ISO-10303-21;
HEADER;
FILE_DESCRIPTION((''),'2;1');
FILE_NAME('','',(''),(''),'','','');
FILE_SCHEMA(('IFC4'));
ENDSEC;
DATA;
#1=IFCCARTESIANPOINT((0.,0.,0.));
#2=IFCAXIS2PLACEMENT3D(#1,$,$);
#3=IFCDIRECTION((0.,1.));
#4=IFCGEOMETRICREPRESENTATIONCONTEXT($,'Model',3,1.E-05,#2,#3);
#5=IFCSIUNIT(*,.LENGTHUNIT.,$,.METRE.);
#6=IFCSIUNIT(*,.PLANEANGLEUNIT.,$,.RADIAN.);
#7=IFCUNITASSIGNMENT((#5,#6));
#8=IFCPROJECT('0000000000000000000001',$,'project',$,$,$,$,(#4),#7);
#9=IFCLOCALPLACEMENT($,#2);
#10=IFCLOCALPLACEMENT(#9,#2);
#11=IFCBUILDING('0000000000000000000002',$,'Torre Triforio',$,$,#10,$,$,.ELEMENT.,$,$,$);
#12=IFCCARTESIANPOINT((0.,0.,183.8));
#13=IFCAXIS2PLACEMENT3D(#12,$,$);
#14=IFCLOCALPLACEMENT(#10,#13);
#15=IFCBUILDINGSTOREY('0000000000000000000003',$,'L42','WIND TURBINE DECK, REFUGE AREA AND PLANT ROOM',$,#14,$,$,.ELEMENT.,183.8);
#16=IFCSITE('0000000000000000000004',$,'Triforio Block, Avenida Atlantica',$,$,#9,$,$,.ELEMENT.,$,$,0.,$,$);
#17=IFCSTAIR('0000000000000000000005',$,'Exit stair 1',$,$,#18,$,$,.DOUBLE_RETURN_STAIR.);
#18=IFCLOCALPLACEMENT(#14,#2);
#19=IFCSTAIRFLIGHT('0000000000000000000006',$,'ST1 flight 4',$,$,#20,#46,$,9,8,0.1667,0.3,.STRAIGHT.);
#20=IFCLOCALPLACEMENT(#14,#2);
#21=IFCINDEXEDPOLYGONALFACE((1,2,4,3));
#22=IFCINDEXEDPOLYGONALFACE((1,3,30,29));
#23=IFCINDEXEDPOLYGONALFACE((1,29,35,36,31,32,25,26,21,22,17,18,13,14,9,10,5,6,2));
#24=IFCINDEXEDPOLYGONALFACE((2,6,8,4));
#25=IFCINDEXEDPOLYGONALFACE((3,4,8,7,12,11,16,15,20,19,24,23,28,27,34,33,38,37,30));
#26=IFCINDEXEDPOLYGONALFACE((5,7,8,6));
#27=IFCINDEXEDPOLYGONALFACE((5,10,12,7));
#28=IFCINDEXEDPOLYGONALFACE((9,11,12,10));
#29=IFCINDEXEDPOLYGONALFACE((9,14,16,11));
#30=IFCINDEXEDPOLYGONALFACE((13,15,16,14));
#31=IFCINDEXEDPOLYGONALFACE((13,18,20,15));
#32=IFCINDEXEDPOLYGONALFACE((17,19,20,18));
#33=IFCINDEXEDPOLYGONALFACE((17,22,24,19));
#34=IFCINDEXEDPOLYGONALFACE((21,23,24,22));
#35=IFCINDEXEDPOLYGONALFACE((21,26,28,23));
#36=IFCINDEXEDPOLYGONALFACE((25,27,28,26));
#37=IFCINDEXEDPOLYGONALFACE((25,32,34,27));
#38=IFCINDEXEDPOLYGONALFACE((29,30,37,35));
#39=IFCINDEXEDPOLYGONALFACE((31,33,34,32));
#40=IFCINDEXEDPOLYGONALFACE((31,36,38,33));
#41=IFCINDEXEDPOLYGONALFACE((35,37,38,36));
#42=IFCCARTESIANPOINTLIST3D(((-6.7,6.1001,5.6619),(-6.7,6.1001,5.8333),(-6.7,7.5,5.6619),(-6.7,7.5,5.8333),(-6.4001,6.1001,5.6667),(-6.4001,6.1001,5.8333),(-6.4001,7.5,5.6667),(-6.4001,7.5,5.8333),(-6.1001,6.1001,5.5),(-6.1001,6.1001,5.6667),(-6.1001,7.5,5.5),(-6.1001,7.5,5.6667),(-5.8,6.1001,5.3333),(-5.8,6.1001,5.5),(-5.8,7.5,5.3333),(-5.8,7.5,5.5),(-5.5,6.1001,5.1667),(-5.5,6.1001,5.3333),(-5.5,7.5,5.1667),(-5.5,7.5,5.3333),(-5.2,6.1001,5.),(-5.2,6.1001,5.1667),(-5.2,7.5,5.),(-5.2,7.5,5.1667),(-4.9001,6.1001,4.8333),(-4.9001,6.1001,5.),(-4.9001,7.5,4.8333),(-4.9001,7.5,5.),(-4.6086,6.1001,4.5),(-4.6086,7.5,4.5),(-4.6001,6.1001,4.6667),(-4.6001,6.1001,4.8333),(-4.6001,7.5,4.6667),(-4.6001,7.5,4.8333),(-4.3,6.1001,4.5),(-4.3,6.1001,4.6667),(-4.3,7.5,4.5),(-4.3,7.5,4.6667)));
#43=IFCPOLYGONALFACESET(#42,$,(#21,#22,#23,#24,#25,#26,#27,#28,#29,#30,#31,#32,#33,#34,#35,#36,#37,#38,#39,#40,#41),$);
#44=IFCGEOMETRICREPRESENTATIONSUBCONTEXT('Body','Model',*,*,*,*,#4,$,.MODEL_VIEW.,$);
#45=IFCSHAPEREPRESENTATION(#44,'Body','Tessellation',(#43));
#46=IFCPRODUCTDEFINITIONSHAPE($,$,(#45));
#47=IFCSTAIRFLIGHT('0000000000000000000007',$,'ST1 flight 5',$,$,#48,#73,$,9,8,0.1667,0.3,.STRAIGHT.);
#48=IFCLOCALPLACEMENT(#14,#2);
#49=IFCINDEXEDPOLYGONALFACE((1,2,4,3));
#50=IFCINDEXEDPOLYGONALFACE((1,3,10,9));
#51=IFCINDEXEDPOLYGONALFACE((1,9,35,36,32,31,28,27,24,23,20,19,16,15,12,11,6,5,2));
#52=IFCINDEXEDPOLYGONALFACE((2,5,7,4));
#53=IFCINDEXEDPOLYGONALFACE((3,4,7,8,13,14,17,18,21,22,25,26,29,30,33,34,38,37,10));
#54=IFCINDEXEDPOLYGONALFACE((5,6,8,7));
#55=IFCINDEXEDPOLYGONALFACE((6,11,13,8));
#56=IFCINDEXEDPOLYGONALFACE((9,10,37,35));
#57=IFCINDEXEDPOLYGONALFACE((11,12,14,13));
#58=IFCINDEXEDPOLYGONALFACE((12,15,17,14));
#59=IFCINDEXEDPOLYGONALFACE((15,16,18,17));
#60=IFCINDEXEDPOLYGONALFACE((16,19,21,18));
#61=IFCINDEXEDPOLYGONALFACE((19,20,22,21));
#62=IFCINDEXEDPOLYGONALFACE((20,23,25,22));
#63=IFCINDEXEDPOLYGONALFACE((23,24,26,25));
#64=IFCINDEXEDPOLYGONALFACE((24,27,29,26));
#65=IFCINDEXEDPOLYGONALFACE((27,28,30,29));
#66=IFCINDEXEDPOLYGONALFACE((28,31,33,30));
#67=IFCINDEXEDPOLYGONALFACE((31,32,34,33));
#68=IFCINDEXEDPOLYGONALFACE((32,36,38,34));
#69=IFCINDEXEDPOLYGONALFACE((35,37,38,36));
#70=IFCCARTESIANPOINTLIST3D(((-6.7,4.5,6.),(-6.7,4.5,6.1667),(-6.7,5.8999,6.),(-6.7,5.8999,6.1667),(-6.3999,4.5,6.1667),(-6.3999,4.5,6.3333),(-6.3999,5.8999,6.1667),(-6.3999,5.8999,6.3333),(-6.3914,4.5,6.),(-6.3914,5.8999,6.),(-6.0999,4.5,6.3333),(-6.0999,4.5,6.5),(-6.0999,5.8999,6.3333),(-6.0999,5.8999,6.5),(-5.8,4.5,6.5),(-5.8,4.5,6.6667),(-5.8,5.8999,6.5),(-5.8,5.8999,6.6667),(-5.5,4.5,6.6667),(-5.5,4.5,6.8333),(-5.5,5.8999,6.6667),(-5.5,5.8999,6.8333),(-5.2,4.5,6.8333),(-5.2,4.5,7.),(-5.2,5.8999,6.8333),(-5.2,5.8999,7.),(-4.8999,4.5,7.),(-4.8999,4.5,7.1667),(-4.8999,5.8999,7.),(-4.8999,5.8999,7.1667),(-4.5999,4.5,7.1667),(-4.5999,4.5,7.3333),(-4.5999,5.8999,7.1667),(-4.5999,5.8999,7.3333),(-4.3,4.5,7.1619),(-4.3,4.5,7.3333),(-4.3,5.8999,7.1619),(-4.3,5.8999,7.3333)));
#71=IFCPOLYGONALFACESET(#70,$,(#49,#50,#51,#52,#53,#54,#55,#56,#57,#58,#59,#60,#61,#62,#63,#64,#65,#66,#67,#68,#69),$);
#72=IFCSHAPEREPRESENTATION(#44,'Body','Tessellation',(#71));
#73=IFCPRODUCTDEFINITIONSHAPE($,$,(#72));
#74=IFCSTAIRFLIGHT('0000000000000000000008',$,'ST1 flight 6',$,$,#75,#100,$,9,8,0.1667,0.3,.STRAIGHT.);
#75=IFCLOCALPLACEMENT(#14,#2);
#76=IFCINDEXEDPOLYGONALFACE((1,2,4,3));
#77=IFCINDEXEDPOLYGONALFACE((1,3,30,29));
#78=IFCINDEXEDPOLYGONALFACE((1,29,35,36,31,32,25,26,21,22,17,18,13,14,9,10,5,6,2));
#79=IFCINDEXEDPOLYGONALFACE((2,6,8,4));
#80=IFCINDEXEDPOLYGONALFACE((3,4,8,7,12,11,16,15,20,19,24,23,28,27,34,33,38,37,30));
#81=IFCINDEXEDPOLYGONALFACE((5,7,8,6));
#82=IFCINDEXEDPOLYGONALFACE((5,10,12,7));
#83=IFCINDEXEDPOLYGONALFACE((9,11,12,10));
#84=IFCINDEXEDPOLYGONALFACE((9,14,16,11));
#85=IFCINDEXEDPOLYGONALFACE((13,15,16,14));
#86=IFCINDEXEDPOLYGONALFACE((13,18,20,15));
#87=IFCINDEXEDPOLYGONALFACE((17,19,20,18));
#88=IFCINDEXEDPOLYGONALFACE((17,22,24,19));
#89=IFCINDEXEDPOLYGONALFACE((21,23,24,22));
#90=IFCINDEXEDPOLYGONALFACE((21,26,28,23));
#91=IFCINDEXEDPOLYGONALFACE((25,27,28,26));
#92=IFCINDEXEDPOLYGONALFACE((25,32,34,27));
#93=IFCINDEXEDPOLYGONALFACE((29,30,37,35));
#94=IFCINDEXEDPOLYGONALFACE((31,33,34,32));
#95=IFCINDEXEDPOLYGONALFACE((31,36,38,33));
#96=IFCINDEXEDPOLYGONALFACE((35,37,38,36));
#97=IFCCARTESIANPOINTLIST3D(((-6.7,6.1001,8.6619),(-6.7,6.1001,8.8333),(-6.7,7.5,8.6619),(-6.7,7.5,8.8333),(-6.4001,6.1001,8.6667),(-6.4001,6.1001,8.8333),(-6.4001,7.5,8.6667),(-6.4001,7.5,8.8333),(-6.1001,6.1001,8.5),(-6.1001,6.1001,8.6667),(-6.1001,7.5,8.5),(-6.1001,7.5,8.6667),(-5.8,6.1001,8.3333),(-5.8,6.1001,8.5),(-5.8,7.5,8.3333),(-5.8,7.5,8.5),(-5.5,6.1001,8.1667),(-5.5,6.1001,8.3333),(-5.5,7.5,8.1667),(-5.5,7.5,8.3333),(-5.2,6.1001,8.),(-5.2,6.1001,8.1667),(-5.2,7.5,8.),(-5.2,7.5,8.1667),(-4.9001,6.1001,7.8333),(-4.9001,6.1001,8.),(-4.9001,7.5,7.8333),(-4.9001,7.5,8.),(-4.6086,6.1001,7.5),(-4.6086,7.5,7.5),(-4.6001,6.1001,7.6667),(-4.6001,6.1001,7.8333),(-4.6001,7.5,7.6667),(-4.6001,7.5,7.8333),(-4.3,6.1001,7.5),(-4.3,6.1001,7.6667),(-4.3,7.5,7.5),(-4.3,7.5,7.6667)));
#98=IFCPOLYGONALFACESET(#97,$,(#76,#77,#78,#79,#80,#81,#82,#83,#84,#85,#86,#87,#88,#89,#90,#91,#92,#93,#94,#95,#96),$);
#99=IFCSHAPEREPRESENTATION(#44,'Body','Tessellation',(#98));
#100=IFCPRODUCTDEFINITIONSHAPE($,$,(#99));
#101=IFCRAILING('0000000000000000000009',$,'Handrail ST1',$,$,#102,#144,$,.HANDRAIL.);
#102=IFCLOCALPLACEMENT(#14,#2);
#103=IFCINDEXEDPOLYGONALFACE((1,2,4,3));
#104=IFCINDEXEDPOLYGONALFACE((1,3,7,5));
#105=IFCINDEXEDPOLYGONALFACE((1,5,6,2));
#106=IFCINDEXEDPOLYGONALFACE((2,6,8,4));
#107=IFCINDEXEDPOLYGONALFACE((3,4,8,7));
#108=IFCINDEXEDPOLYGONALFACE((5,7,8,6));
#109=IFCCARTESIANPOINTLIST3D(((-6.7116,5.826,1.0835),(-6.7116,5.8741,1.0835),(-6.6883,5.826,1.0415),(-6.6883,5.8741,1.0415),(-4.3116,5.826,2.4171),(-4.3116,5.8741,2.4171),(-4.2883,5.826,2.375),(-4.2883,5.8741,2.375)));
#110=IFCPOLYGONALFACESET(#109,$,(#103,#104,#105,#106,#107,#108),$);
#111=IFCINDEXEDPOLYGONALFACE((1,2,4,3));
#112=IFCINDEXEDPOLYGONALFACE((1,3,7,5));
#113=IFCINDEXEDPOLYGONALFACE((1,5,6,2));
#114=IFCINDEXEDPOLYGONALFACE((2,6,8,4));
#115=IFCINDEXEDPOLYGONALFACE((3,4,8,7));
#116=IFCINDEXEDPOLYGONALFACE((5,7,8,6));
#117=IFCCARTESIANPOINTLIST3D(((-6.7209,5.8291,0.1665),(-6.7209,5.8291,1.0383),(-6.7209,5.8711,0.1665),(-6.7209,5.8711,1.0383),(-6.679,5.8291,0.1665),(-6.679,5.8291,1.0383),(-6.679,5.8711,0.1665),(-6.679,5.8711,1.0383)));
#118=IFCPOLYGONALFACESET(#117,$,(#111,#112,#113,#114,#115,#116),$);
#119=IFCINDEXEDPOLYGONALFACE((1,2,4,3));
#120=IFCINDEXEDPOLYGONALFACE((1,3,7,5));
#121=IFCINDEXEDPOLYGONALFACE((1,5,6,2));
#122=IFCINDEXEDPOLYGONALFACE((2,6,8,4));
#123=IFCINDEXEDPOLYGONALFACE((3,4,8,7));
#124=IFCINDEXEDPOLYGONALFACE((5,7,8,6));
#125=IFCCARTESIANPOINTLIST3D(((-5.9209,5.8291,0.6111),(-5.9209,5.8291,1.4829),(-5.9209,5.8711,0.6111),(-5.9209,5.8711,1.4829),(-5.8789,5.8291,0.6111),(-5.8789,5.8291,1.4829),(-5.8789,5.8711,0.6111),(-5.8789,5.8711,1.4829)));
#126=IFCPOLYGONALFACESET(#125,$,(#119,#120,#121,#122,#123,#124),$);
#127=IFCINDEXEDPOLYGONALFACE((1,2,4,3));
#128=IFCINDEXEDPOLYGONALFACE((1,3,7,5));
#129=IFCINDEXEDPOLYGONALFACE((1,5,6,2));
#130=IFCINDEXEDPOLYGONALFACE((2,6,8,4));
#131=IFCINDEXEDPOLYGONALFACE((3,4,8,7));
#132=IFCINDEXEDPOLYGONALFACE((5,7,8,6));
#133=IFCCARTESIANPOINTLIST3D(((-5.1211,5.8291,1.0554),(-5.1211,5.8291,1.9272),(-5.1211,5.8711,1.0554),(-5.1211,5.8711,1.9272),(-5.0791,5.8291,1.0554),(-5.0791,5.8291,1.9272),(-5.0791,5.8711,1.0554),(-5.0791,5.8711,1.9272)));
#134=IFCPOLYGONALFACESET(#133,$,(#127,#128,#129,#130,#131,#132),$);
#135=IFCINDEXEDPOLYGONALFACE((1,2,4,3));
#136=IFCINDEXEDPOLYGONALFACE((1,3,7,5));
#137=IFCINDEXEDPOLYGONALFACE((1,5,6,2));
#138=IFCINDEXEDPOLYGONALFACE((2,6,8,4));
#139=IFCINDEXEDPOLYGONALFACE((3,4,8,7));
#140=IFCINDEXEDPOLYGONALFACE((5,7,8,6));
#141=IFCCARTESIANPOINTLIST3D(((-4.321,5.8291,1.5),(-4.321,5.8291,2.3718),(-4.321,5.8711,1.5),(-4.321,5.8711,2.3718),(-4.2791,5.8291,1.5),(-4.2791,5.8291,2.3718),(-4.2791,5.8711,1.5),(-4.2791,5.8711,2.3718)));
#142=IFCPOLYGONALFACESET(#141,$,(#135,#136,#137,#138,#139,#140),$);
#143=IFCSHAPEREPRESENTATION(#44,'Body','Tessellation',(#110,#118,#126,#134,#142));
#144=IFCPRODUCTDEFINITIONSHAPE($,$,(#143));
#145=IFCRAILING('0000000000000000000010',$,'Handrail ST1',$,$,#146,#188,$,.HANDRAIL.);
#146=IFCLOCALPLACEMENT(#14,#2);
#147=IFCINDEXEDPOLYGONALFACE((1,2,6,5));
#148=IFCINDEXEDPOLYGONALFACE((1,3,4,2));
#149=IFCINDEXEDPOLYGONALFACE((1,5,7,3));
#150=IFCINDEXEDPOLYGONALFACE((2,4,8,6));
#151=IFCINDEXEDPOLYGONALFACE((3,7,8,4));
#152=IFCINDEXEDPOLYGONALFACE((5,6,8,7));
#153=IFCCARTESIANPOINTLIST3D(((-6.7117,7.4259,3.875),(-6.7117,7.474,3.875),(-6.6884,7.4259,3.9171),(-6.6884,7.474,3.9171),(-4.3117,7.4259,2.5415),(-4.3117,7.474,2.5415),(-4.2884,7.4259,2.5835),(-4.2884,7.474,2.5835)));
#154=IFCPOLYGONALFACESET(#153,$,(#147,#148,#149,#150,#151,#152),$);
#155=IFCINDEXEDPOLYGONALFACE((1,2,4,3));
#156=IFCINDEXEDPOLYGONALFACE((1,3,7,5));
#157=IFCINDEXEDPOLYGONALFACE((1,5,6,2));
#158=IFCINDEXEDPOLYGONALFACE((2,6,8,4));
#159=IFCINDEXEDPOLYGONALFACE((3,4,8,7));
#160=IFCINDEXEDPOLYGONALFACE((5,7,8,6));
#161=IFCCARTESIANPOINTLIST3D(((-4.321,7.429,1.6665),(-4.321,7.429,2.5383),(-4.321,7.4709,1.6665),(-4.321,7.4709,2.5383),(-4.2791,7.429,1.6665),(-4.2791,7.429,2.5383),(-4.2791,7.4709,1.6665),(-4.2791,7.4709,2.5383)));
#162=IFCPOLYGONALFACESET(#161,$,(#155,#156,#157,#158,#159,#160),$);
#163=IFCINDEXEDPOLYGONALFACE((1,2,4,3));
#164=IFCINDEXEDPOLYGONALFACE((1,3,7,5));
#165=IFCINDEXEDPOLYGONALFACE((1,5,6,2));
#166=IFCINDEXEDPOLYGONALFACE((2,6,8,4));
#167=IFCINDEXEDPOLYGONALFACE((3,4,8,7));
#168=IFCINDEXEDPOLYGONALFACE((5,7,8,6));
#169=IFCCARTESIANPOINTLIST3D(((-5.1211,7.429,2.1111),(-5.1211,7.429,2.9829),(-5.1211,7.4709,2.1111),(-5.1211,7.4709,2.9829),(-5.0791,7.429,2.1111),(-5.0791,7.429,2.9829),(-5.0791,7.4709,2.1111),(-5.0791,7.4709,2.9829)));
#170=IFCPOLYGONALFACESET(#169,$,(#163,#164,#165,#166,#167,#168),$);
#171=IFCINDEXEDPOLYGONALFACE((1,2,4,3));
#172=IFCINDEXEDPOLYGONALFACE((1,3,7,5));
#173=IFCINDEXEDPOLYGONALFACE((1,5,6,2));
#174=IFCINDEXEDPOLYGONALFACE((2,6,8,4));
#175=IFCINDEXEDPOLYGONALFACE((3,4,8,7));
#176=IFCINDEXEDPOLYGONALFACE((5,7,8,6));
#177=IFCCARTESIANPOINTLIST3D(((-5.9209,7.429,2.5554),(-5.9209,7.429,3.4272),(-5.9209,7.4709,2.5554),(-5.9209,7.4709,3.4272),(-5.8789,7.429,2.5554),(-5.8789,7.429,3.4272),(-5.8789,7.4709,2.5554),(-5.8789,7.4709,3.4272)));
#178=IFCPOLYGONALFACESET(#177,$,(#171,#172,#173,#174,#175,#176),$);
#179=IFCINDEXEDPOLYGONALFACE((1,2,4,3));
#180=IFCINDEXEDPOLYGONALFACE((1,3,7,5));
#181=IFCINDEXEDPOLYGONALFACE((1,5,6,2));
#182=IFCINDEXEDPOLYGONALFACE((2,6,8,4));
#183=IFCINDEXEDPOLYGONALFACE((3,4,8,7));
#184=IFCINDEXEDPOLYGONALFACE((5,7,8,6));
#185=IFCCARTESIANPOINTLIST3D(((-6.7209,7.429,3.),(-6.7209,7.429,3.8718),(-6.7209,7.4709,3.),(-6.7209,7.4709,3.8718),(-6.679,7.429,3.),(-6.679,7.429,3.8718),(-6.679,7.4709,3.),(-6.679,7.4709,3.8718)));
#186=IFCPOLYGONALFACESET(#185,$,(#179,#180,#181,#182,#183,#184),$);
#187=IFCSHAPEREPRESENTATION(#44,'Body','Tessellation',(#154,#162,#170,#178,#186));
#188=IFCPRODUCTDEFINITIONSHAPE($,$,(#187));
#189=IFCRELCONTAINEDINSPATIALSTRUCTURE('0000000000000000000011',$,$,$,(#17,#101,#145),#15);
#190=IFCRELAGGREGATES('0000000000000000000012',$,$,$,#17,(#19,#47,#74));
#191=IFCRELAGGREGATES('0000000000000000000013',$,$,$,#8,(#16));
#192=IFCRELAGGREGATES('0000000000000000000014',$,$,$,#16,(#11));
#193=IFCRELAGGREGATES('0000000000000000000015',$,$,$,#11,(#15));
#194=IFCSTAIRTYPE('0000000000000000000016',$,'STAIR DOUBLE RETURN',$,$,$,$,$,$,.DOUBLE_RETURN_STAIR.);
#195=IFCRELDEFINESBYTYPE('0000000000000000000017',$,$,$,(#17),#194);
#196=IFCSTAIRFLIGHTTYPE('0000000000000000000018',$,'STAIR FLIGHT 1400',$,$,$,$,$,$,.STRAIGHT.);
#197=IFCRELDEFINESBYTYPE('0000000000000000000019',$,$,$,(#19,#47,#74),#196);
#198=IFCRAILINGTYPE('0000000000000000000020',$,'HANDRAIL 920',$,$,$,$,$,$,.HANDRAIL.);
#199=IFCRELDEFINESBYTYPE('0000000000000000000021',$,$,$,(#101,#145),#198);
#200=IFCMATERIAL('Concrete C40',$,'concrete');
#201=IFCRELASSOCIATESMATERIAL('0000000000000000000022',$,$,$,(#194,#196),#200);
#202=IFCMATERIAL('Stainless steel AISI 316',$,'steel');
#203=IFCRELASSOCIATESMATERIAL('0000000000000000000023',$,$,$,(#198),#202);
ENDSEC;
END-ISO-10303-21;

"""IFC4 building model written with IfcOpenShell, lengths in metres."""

from ifc_helpers import new_model, si_unit, direction, frame, origin, origin_2d, place, context, subcontext, project, spatial, polyline, rectangle, outline, extrude, material, type_object, element, aggregate, save


model = new_model("IFC4")

# Units and contexts
model_context = context("Model", 3, precision=1e-05, world=origin(), true_north=direction((0.0, 1.0)))
body_context = subcontext(model_context, "Body", "Model", "MODEL_VIEW")
ifc_project = project(units=[si_unit("LENGTHUNIT", "METRE"), si_unit("PLANEANGLEUNIT", "RADIAN")], contexts=[model_context])

# Site, building, storey
site_placement = place(None, origin())
site = spatial("IfcSite", under=ifc_project, at=site_placement, Name="Triforio Block, Avenida Atlantica", CompositionType="ELEMENT", RefElevation=0.0)
building_placement = place(site_placement, origin())
building = spatial("IfcBuilding", under=site, at=building_placement, Name="Torre Triforio", CompositionType="ELEMENT")
storey_placement = place(building_placement, frame((0.0, 0.0, 183.8)))
storey = spatial("IfcBuildingStorey", under=building, at=storey_placement, Name="L42", Description="WIND TURBINE DECK, REFUGE AREA AND PLANT ROOM", CompositionType="ELEMENT", Elevation=183.8)

# Shared definitions
ifc_material_1 = material(Name="Concrete C40", Category="concrete")

# Stair, stair flights
stair_type = type_object("IfcStairType", Name="STAIR DOUBLE RETURN", PredefinedType="DOUBLE_RETURN_STAIR", material=ifc_material_1)
stair_placement = place(storey_placement, origin())
stair = element("IfcStair", 1, at=stair_placement, inside=storey, type_object=stair_type, Name="Exit stair 1", PredefinedType="DOUBLE_RETURN_STAIR")
stair_flight_type = type_object("IfcStairFlightType", Name="STAIR FLIGHT 1400", PredefinedType="STRAIGHT", material=ifc_material_1)
stair_flight_1_placement = place(storey_placement, frame((-4.3, 6.8, 4.5), z_axis=(0.0, 0.0, 1.0), x_axis=(-1.0, 0.0, 0.0)))
stair_flight_1 = element("IfcStairFlight", 2, at=stair_flight_1_placement, type_object=stair_flight_type, Name="ST1 flight 4", NumberOfRisers=9, NumberOfTreads=8, PredefinedType="STRAIGHT", RiserHeight=0.1667, TreadLength=0.3, context=body_context, shape_type="SweptSolid", body=[
    extrude(outline(polyline([(0.0, 0.0), (0.0, 0.1667), (0.3, 0.1667), (0.3, 0.3333), (0.6001, 0.3333), (0.6001, 0.5), (0.8999, 0.5), (0.8999, 0.6667), (1.2, 0.6667), (1.2, 0.8333), (1.5, 0.8333), (1.5, 1.0), (1.8, 1.0), (1.8, 1.1667), (2.1001, 1.1667), (2.1001, 1.3333), (2.3999, 1.3333), (2.3999, 1.5), (2.3999, 1.1619), (0.3086, 0.0), (0.0, 0.0)])), frame((0.0, 0.7, 0.0), z_axis=(0.0, -1.0, 0.0), x_axis=(1.0, 0.0, 0.0)), (0.0, 0.0, 1.0), 1.3999),
])
stair_flight_2_placement = place(storey_placement, frame((-6.7, 5.2, 6.0), z_axis=(0.0, 0.0, 1.0), x_axis=(1.0, 0.0, 0.0)))
stair_flight_2 = element("IfcStairFlight", 3, at=stair_flight_2_placement, type_object=stair_flight_type, Name="ST1 flight 5", NumberOfRisers=9, NumberOfTreads=8, PredefinedType="STRAIGHT", RiserHeight=0.1667, TreadLength=0.3, context=body_context, shape_type="SweptSolid", body=[
    extrude(outline(polyline([(0.0, 0.0), (0.0, 0.1667), (0.3, 0.1667), (0.3, 0.3333), (0.6001, 0.3333), (0.6001, 0.5), (0.8999, 0.5), (0.8999, 0.6667), (1.2, 0.6667), (1.2, 0.8333), (1.5, 0.8333), (1.5, 1.0), (1.8, 1.0), (1.8, 1.1667), (2.1001, 1.1667), (2.1001, 1.3333), (2.3999, 1.3333), (2.3999, 1.5), (2.3999, 1.1619), (0.3086, 0.0), (0.0, 0.0)])), frame((0.0, 0.7, 0.0), z_axis=(0.0, -1.0, 0.0), x_axis=(1.0, 0.0, 0.0)), (0.0, 0.0, 1.0), 1.3999),
])
stair_flight_3_placement = place(storey_placement, frame((-4.3, 6.8, 7.5), z_axis=(0.0, 0.0, 1.0), x_axis=(-1.0, 0.0, 0.0)))
stair_flight_3 = element("IfcStairFlight", 4, at=stair_flight_3_placement, type_object=stair_flight_type, Name="ST1 flight 6", NumberOfRisers=9, NumberOfTreads=8, PredefinedType="STRAIGHT", RiserHeight=0.1667, TreadLength=0.3, context=body_context, shape_type="SweptSolid", body=[
    extrude(outline(polyline([(0.0, 0.0), (0.0, 0.1667), (0.3, 0.1667), (0.3, 0.3333), (0.6001, 0.3333), (0.6001, 0.5), (0.8999, 0.5), (0.8999, 0.6667), (1.2, 0.6667), (1.2, 0.8333), (1.5, 0.8333), (1.5, 1.0), (1.8, 1.0), (1.8, 1.1667), (2.1001, 1.1667), (2.1001, 1.3333), (2.3999, 1.3333), (2.3999, 1.5), (2.3999, 1.1619), (0.3086, 0.0), (0.0, 0.0)])), frame((0.0, 0.7, 0.0), z_axis=(0.0, -1.0, 0.0), x_axis=(1.0, 0.0, 0.0)), (0.0, 0.0, 1.0), 1.3999),
])
aggregate(stair, [stair_flight_1, stair_flight_2, stair_flight_3])

# Railings
ifc_material_2 = material(Name="Stainless steel AISI 316", Category="steel")
railing_type = type_object("IfcRailingType", Name="HANDRAIL 920", PredefinedType="HANDRAIL", material=ifc_material_2)
railing_placement = place(storey_placement, frame((-6.7, 5.8501, 0.1665)))
element("IfcRailing", 5, at=railing_placement, inside=storey, type_object=railing_type, Name="Handrail ST1", PredefinedType="HANDRAIL", context=body_context, shape_type="SweptSolid", body=[
    extrude(rectangle(XDim=0.0481, YDim=0.0481, at=origin_2d()), frame((0.0, 0.0, 0.896), z_axis=(0.874124, 0.0, 0.485703), x_axis=(0.0, 1.0, 0.0)), (0.0, 0.0, 1.0), 2.7456),
    extrude(rectangle(XDim=0.042, YDim=0.042, at=origin_2d()), origin(), (0.0, 0.0, 1.0), 0.8718),
    extrude(rectangle(XDim=0.042, YDim=0.042, at=origin_2d()), frame((0.8, 0.0, 0.4446)), (0.0, 0.0, 1.0), 0.8718),
    extrude(rectangle(XDim=0.042, YDim=0.042, at=origin_2d()), frame((1.5999, 0.0, 0.8889)), (0.0, 0.0, 1.0), 0.8718),
    extrude(rectangle(XDim=0.042, YDim=0.042, at=origin_2d()), frame((2.3999, 0.0, 1.3335)), (0.0, 0.0, 1.0), 0.8718),
])
for number, where, name in (
    (6, (-4.3, 7.45, 1.6665), "Handrail ST1"),
):
    element("IfcRailing", number, at=place(storey_placement, frame(where)), inside=storey, type_object=railing_type, Name=name, PredefinedType="HANDRAIL", context=body_context, shape_type="SweptSolid", body=[
        extrude(rectangle(XDim=0.0481, YDim=0.0481, at=origin_2d()), frame((0.0, 0.0, 0.896), z_axis=(-0.874124, 0.0, 0.485703), x_axis=(0.0, -1.0, 0.0)), (0.0, 0.0, 1.0), 2.7456),
        extrude(rectangle(XDim=0.042, YDim=0.042, at=origin_2d()), origin(), (0.0, 0.0, 1.0), 0.8718),
        extrude(rectangle(XDim=0.042, YDim=0.042, at=origin_2d()), frame((-0.8, 0.0, 0.4446)), (0.0, 0.0, 1.0), 0.8718),
        extrude(rectangle(XDim=0.042, YDim=0.042, at=origin_2d()), frame((-1.5999, 0.0, 0.8889)), (0.0, 0.0, 1.0), 0.8718),
        extrude(rectangle(XDim=0.042, YDim=0.042, at=origin_2d()), frame((-2.3999, 0.0, 1.3335)), (0.0, 0.0, 1.0), 0.8718),
    ])

save(model, "model.ifc")
